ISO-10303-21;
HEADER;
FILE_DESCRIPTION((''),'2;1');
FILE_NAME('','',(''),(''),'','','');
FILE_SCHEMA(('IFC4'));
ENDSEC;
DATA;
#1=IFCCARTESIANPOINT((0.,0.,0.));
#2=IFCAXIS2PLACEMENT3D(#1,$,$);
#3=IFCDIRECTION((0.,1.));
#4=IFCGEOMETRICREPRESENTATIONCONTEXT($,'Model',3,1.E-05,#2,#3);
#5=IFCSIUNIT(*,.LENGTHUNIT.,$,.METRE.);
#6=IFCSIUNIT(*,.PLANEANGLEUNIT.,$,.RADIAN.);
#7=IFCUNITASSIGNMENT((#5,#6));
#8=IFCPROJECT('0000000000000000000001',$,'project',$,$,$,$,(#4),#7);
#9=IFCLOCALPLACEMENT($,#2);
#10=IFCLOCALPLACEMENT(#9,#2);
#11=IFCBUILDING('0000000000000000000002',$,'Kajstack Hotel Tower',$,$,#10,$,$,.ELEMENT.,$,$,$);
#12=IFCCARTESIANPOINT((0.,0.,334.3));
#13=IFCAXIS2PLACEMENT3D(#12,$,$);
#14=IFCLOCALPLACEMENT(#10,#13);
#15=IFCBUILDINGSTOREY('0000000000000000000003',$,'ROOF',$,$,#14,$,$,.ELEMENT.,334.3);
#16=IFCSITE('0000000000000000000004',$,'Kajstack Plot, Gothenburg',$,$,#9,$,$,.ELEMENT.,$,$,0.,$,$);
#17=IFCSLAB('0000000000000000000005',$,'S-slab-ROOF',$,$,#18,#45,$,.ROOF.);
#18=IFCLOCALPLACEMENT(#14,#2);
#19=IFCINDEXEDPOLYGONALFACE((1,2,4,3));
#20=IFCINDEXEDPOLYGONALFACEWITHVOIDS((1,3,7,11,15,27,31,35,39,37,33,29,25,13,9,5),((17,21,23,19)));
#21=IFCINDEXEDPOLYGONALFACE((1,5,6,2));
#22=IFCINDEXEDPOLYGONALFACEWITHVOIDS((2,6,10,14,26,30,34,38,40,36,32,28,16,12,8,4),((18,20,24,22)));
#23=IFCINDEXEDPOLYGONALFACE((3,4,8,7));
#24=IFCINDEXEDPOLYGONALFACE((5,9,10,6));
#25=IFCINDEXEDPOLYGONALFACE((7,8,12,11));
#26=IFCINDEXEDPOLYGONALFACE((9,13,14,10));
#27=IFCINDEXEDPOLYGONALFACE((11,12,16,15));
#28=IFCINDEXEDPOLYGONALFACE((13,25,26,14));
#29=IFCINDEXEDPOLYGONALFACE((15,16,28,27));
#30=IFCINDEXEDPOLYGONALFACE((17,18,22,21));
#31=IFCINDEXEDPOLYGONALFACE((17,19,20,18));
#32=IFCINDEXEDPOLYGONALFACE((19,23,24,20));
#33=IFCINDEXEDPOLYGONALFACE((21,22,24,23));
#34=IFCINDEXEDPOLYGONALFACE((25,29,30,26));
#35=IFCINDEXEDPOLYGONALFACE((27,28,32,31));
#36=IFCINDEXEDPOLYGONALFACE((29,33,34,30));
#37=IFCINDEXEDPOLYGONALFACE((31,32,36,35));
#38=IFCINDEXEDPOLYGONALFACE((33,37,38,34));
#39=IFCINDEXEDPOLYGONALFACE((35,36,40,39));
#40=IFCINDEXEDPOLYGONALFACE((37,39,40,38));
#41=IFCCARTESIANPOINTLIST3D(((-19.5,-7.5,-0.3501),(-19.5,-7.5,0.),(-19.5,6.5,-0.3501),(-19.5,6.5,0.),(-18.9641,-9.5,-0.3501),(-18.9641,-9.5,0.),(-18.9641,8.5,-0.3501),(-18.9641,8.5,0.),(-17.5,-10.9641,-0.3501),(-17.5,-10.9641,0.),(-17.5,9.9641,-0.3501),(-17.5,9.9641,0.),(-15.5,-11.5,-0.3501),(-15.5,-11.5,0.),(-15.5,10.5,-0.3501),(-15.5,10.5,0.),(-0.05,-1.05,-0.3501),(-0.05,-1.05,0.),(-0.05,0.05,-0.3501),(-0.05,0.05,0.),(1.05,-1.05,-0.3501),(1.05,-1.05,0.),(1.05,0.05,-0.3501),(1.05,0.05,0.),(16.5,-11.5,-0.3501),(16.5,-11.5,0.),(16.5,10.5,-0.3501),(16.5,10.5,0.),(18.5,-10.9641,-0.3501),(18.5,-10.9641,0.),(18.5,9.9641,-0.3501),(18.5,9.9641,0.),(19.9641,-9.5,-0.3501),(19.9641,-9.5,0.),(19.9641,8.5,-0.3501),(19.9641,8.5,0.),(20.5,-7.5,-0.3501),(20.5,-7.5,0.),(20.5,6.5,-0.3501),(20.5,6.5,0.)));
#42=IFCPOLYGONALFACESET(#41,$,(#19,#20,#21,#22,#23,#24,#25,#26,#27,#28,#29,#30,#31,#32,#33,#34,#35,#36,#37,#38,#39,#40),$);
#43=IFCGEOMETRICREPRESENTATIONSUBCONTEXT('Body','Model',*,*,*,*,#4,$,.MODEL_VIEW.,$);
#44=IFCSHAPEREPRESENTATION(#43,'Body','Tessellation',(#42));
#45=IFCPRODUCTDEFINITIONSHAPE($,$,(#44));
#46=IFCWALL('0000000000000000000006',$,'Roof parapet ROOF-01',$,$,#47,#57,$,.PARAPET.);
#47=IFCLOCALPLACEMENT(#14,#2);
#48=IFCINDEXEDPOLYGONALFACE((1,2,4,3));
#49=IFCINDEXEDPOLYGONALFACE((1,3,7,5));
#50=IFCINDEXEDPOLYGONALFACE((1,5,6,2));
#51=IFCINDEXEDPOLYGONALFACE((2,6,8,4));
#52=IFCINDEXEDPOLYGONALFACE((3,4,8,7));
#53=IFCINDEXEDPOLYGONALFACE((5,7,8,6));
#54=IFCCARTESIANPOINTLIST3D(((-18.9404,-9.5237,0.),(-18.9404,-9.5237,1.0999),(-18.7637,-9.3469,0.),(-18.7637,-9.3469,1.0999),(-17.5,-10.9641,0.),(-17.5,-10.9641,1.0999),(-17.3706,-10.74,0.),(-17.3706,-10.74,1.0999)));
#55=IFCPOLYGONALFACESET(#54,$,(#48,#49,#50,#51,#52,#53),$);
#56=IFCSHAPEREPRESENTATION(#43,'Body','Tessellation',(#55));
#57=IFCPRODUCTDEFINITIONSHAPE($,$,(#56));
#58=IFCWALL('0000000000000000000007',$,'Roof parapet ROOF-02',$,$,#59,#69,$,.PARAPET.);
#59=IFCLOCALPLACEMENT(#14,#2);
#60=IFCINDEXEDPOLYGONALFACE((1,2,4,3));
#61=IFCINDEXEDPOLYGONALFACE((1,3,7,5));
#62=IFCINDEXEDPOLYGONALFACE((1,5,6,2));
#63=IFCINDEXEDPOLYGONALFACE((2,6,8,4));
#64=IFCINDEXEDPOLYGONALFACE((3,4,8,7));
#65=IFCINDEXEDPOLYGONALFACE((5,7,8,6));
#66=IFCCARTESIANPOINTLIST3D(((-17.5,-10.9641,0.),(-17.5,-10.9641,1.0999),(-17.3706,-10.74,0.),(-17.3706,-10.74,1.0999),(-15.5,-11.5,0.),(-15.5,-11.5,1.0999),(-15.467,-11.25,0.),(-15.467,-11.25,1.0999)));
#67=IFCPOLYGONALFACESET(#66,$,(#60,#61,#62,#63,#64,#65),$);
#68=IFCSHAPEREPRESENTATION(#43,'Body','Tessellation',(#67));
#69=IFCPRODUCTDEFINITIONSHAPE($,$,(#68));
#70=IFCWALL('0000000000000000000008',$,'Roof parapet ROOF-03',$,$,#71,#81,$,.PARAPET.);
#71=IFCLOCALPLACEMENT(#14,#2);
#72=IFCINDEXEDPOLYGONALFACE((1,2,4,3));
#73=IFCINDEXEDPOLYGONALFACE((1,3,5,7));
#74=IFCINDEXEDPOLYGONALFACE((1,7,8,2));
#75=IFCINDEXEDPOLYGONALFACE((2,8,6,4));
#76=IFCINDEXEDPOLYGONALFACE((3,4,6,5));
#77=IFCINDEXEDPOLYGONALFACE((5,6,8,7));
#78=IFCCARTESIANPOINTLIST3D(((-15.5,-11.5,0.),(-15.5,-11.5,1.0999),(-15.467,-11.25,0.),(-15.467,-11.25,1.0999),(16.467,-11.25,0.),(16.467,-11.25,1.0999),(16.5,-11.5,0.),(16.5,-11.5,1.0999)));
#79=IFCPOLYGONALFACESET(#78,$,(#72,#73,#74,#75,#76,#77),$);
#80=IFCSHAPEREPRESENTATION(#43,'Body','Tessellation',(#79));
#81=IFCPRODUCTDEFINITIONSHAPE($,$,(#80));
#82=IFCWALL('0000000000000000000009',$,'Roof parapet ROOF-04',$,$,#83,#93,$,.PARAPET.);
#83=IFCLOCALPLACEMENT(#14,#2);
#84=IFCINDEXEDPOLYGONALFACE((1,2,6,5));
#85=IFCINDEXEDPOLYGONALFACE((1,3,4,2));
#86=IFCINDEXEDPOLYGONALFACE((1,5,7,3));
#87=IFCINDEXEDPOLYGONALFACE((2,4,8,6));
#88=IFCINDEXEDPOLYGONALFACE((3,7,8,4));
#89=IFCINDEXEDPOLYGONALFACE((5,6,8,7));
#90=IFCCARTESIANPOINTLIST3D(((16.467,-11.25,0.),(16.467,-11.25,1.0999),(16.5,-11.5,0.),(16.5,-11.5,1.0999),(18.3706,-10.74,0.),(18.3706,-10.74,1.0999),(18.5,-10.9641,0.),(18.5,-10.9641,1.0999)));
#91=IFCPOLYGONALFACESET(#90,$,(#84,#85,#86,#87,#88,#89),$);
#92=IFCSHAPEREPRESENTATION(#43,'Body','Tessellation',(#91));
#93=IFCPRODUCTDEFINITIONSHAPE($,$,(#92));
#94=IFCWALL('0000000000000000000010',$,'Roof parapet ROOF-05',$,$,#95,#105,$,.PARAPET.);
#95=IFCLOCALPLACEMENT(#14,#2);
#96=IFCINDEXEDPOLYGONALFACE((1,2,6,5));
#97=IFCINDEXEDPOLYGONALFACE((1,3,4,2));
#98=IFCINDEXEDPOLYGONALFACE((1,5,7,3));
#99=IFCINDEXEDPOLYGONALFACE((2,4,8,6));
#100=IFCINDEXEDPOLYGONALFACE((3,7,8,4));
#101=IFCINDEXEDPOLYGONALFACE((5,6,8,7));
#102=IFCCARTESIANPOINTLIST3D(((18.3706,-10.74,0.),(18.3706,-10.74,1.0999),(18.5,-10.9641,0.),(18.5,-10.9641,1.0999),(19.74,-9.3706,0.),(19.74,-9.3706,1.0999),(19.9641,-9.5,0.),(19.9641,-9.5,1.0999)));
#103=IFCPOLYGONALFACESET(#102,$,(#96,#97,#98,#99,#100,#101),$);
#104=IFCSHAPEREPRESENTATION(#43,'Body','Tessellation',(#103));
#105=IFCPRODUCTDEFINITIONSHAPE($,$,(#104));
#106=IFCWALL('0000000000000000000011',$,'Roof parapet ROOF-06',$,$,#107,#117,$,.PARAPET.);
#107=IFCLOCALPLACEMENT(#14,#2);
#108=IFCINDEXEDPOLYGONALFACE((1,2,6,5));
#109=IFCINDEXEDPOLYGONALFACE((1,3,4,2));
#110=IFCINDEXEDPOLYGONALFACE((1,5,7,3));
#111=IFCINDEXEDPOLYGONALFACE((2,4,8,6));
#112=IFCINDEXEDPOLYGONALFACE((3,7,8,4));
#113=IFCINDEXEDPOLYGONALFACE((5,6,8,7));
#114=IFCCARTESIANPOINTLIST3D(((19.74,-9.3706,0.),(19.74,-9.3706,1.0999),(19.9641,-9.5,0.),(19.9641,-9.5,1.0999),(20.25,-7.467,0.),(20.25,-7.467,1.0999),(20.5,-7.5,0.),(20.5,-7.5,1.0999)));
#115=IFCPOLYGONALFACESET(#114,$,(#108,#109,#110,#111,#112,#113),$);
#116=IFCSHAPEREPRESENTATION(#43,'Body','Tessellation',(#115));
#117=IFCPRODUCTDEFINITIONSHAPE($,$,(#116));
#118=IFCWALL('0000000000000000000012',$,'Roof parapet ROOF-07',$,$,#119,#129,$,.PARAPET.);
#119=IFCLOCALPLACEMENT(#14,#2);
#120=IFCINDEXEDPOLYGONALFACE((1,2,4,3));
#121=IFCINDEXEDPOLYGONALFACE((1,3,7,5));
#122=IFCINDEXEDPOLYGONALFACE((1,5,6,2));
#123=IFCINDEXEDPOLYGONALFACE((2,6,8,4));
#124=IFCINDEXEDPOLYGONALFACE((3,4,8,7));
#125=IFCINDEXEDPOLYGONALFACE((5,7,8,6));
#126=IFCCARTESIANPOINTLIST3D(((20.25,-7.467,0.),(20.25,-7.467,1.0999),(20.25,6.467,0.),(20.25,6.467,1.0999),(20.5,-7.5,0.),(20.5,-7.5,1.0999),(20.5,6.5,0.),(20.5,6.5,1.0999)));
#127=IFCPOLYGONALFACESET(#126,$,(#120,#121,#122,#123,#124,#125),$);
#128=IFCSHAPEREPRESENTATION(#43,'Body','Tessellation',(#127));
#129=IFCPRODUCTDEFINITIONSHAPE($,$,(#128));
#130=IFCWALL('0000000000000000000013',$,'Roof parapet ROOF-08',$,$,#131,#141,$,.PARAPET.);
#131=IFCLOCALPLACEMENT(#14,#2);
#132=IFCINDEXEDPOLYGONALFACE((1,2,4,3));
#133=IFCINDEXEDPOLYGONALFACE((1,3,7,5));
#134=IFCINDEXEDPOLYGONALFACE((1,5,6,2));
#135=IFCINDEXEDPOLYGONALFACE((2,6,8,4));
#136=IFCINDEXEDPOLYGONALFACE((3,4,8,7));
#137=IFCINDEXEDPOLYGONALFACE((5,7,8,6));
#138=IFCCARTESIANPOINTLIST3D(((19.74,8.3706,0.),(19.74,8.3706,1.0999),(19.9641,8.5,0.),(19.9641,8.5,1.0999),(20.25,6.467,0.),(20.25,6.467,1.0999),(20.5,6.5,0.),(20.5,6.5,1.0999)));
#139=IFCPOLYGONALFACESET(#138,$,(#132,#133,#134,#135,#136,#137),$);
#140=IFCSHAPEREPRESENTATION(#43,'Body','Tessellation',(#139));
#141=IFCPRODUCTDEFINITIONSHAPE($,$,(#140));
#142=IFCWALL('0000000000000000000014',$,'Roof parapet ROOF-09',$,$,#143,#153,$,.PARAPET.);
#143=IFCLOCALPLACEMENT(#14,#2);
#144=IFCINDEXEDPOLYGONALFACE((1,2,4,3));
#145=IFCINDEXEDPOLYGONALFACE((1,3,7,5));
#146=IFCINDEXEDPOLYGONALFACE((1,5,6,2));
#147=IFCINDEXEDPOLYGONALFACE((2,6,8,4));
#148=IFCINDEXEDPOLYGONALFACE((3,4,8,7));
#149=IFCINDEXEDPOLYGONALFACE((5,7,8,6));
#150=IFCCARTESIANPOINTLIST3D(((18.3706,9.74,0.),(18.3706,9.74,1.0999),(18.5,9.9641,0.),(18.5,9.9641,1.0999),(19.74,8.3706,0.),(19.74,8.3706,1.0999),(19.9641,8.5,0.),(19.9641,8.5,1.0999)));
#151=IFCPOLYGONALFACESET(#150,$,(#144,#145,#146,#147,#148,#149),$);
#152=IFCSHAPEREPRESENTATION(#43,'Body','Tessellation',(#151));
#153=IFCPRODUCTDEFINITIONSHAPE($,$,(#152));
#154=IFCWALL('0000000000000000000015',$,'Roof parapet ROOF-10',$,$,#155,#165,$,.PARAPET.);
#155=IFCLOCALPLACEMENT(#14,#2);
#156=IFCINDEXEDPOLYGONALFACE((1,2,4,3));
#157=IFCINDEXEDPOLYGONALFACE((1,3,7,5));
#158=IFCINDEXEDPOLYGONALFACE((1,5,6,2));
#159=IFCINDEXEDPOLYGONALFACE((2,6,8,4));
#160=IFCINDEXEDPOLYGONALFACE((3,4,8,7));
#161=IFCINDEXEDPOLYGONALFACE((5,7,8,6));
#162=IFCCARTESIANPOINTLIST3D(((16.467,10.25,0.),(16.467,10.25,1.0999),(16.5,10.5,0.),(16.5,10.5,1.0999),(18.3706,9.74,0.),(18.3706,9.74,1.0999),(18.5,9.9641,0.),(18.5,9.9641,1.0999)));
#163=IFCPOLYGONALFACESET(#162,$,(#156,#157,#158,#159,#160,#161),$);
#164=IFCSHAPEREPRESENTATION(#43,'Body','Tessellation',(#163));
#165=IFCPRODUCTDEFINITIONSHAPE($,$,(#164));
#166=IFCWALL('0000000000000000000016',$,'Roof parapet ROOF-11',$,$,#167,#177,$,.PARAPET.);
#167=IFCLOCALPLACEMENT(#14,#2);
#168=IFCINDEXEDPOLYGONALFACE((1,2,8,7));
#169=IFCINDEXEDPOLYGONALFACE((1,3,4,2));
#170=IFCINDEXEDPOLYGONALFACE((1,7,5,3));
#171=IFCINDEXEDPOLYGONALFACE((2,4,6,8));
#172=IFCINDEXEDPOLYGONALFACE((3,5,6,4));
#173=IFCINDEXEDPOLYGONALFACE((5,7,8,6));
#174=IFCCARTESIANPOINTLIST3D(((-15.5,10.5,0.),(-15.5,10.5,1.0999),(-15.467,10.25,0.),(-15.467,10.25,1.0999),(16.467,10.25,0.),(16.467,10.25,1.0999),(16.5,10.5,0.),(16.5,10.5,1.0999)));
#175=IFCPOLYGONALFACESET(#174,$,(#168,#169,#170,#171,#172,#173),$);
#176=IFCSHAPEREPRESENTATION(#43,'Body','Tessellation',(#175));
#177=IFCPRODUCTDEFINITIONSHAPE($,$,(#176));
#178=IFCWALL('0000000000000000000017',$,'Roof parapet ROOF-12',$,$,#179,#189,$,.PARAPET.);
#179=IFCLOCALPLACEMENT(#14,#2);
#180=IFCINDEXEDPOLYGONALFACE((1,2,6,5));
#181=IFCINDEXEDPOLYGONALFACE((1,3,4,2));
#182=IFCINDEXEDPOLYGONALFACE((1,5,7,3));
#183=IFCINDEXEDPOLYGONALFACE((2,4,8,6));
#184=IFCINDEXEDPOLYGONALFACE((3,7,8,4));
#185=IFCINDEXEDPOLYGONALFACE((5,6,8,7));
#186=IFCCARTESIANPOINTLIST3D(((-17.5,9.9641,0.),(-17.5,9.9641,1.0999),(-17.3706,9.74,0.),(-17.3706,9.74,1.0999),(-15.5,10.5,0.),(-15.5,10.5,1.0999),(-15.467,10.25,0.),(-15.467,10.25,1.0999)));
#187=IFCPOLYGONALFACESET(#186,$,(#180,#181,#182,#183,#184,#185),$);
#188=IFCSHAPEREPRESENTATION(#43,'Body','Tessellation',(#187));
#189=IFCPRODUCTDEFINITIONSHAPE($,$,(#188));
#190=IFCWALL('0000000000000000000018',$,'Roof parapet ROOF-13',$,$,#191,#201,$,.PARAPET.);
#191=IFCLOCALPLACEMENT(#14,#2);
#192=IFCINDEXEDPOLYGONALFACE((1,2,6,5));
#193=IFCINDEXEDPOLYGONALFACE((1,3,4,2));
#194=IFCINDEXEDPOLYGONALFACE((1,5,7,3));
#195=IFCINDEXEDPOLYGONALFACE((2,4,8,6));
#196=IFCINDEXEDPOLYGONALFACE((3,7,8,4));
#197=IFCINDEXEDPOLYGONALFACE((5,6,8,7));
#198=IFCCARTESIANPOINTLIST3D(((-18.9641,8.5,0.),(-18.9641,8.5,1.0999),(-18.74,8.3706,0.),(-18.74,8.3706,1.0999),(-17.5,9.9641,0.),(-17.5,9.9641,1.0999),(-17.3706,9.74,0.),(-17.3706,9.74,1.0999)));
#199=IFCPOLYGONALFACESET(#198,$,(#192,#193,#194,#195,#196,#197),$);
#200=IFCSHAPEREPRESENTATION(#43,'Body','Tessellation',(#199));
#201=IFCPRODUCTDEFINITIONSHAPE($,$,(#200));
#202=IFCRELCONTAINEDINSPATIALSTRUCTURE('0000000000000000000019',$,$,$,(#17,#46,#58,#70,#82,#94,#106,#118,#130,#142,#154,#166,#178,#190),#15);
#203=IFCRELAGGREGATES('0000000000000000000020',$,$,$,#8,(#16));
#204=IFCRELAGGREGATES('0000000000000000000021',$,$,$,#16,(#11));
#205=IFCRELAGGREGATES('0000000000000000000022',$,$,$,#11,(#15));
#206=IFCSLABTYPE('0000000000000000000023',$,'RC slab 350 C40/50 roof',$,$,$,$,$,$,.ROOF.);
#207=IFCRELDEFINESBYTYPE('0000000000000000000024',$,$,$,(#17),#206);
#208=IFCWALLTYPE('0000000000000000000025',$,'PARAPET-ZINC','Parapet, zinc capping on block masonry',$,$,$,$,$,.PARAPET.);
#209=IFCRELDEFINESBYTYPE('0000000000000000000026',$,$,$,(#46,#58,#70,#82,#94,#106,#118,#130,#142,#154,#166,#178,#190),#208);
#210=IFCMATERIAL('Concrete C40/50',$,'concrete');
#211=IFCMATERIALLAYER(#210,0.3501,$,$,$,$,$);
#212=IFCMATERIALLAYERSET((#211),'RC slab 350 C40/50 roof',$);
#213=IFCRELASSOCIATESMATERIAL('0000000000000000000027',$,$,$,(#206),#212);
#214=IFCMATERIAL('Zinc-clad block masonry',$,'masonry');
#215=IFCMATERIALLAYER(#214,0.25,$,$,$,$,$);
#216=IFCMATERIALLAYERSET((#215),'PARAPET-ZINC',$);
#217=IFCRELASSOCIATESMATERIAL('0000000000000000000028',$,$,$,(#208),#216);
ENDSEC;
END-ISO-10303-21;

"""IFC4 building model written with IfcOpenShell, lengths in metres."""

from ifc_helpers import new_model, si_unit, direction, frame, origin, place, context, subcontext, project, spatial, polyline, outline, extrude, material, layer, layer_set, type_object, element, save


model = new_model("IFC4")

# Units and contexts
model_context = context("Model", 3, precision=1e-05, world=origin(), true_north=direction((0.0, 1.0)))
body_context = subcontext(model_context, "Body", "Model", "MODEL_VIEW")
ifc_project = project(units=[si_unit("LENGTHUNIT", "METRE"), si_unit("PLANEANGLEUNIT", "RADIAN")], contexts=[model_context])

# Site, building, storey
site_placement = place(None, origin())
site = spatial("IfcSite", under=ifc_project, at=site_placement, Name="Kajstack Plot, Gothenburg", CompositionType="ELEMENT", RefElevation=0.0)
building_placement = place(site_placement, origin())
building = spatial("IfcBuilding", under=site, at=building_placement, Name="Kajstack Hotel Tower", CompositionType="ELEMENT")
storey_placement = place(building_placement, frame((0.0, 0.0, 334.3)))
storey = spatial("IfcBuildingStorey", under=building, at=storey_placement, Name="ROOF", CompositionType="ELEMENT", Elevation=334.3)

# Slab
ifc_material_1 = material(Name="Concrete C40/50", Category="concrete")
ifc_layer_1 = layer(ifc_material_1, 0.3501)
ifc_layer_set_1 = layer_set([ifc_layer_1], Name="RC slab 350 C40/50 roof")
slab_type = type_object("IfcSlabType", Name="RC slab 350 C40/50 roof", PredefinedType="ROOF", material=ifc_layer_set_1)
slab_placement = place(storey_placement, frame((0.0, 0.0, -0.3501)))
element("IfcSlab", 1, at=slab_placement, inside=storey, type_object=slab_type, Name="S-slab-ROOF", PredefinedType="ROOF", context=body_context, shape_type="SweptSolid", body=[
    extrude(outline(polyline([(-19.5, -7.5), (-18.9641, -9.5), (-17.5, -10.9641), (-15.5, -11.5), (16.5, -11.5), (18.5, -10.9641), (19.9641, -9.5), (20.5, -7.5), (20.5, 6.5), (19.9641, 8.5), (18.5, 9.9641), (16.5, 10.5), (-15.5, 10.5), (-17.5, 9.9641), (-18.9641, 8.5), (-19.5, 6.5), (-19.5, -7.5)]), holes=[polyline([(-0.05, -1.05), (-0.05, 0.05), (1.05, 0.05), (1.05, -1.05), (-0.05, -1.05)])]), origin(), (0.0, 0.0, 1.0), 0.3501),
])

# Walls
ifc_material_2 = material(Name="Zinc-clad block masonry", Category="masonry")
ifc_layer_2 = layer(ifc_material_2, 0.25)
ifc_layer_set_2 = layer_set([ifc_layer_2], Name="PARAPET-ZINC")
wall_type = type_object("IfcWallType", Name="PARAPET-ZINC", Description="Parapet, zinc capping on block masonry", PredefinedType="PARAPET", material=ifc_layer_set_2)
wall_1_placement = place(storey_placement, origin())
element("IfcWall", 2, at=wall_1_placement, inside=storey, type_object=wall_type, Name="Roof parapet ROOF-01", PredefinedType="PARAPET", context=body_context, shape_type="SweptSolid", body=[
    extrude(outline(polyline([(-18.7637, -9.3469), (-17.3706, -10.74), (-17.5, -10.9641), (-18.9404, -9.5237), (-18.7637, -9.3469)])), origin(), (0.0, 0.0, 1.0), 1.0999),
])
wall_2_placement = place(storey_placement, origin())
element("IfcWall", 3, at=wall_2_placement, inside=storey, type_object=wall_type, Name="Roof parapet ROOF-02", PredefinedType="PARAPET", context=body_context, shape_type="SweptSolid", body=[
    extrude(outline(polyline([(-17.3706, -10.74), (-15.467, -11.25), (-15.5, -11.5), (-17.5, -10.9641), (-17.3706, -10.74)])), origin(), (0.0, 0.0, 1.0), 1.0999),
])
wall_3_placement = place(storey_placement, origin())
element("IfcWall", 4, at=wall_3_placement, inside=storey, type_object=wall_type, Name="Roof parapet ROOF-03", PredefinedType="PARAPET", context=body_context, shape_type="SweptSolid", body=[
    extrude(outline(polyline([(-15.467, -11.25), (16.467, -11.25), (16.5, -11.5), (-15.5, -11.5), (-15.467, -11.25)])), origin(), (0.0, 0.0, 1.0), 1.0999),
])
wall_4_placement = place(storey_placement, origin())
element("IfcWall", 5, at=wall_4_placement, inside=storey, type_object=wall_type, Name="Roof parapet ROOF-04", PredefinedType="PARAPET", context=body_context, shape_type="SweptSolid", body=[
    extrude(outline(polyline([(16.467, -11.25), (18.3706, -10.74), (18.5, -10.9641), (16.5, -11.5), (16.467, -11.25)])), origin(), (0.0, 0.0, 1.0), 1.0999),
])
wall_5_placement = place(storey_placement, origin())
element("IfcWall", 6, at=wall_5_placement, inside=storey, type_object=wall_type, Name="Roof parapet ROOF-05", PredefinedType="PARAPET", context=body_context, shape_type="SweptSolid", body=[
    extrude(outline(polyline([(18.3706, -10.74), (19.74, -9.3706), (19.9641, -9.5), (18.5, -10.9641), (18.3706, -10.74)])), origin(), (0.0, 0.0, 1.0), 1.0999),
])
wall_6_placement = place(storey_placement, origin())
element("IfcWall", 7, at=wall_6_placement, inside=storey, type_object=wall_type, Name="Roof parapet ROOF-06", PredefinedType="PARAPET", context=body_context, shape_type="SweptSolid", body=[
    extrude(outline(polyline([(19.74, -9.3706), (20.25, -7.467), (20.5, -7.5), (19.9641, -9.5), (19.74, -9.3706)])), origin(), (0.0, 0.0, 1.0), 1.0999),
])
wall_7_placement = place(storey_placement, origin())
element("IfcWall", 8, at=wall_7_placement, inside=storey, type_object=wall_type, Name="Roof parapet ROOF-07", PredefinedType="PARAPET", context=body_context, shape_type="SweptSolid", body=[
    extrude(outline(polyline([(20.25, -7.467), (20.25, 6.467), (20.5, 6.5), (20.5, -7.5), (20.25, -7.467)])), origin(), (0.0, 0.0, 1.0), 1.0999),
])
wall_8_placement = place(storey_placement, origin())
element("IfcWall", 9, at=wall_8_placement, inside=storey, type_object=wall_type, Name="Roof parapet ROOF-08", PredefinedType="PARAPET", context=body_context, shape_type="SweptSolid", body=[
    extrude(outline(polyline([(20.25, 6.467), (19.74, 8.3706), (19.9641, 8.5), (20.5, 6.5), (20.25, 6.467)])), origin(), (0.0, 0.0, 1.0), 1.0999),
])
wall_9_placement = place(storey_placement, origin())
element("IfcWall", 10, at=wall_9_placement, inside=storey, type_object=wall_type, Name="Roof parapet ROOF-09", PredefinedType="PARAPET", context=body_context, shape_type="SweptSolid", body=[
    extrude(outline(polyline([(19.74, 8.3706), (18.3706, 9.74), (18.5, 9.9641), (19.9641, 8.5), (19.74, 8.3706)])), origin(), (0.0, 0.0, 1.0), 1.0999),
])
wall_10_placement = place(storey_placement, origin())
element("IfcWall", 11, at=wall_10_placement, inside=storey, type_object=wall_type, Name="Roof parapet ROOF-10", PredefinedType="PARAPET", context=body_context, shape_type="SweptSolid", body=[
    extrude(outline(polyline([(18.3706, 9.74), (16.467, 10.25), (16.5, 10.5), (18.5, 9.9641), (18.3706, 9.74)])), origin(), (0.0, 0.0, 1.0), 1.0999),
])
wall_11_placement = place(storey_placement, origin())
element("IfcWall", 12, at=wall_11_placement, inside=storey, type_object=wall_type, Name="Roof parapet ROOF-11", PredefinedType="PARAPET", context=body_context, shape_type="SweptSolid", body=[
    extrude(outline(polyline([(16.467, 10.25), (-15.467, 10.25), (-15.5, 10.5), (16.5, 10.5), (16.467, 10.25)])), origin(), (0.0, 0.0, 1.0), 1.0999),
])
wall_12_placement = place(storey_placement, origin())
element("IfcWall", 13, at=wall_12_placement, inside=storey, type_object=wall_type, Name="Roof parapet ROOF-12", PredefinedType="PARAPET", context=body_context, shape_type="SweptSolid", body=[
    extrude(outline(polyline([(-15.467, 10.25), (-17.3706, 9.74), (-17.5, 9.9641), (-15.5, 10.5), (-15.467, 10.25)])), origin(), (0.0, 0.0, 1.0), 1.0999),
])
wall_13_placement = place(storey_placement, origin())
element("IfcWall", 14, at=wall_13_placement, inside=storey, type_object=wall_type, Name="Roof parapet ROOF-13", PredefinedType="PARAPET", context=body_context, shape_type="SweptSolid", body=[
    extrude(outline(polyline([(-17.3706, 9.74), (-18.74, 8.3706), (-18.9641, 8.5), (-17.5, 9.9641), (-17.3706, 9.74)])), origin(), (0.0, 0.0, 1.0), 1.0999),
])

save(model, "model.ifc")
